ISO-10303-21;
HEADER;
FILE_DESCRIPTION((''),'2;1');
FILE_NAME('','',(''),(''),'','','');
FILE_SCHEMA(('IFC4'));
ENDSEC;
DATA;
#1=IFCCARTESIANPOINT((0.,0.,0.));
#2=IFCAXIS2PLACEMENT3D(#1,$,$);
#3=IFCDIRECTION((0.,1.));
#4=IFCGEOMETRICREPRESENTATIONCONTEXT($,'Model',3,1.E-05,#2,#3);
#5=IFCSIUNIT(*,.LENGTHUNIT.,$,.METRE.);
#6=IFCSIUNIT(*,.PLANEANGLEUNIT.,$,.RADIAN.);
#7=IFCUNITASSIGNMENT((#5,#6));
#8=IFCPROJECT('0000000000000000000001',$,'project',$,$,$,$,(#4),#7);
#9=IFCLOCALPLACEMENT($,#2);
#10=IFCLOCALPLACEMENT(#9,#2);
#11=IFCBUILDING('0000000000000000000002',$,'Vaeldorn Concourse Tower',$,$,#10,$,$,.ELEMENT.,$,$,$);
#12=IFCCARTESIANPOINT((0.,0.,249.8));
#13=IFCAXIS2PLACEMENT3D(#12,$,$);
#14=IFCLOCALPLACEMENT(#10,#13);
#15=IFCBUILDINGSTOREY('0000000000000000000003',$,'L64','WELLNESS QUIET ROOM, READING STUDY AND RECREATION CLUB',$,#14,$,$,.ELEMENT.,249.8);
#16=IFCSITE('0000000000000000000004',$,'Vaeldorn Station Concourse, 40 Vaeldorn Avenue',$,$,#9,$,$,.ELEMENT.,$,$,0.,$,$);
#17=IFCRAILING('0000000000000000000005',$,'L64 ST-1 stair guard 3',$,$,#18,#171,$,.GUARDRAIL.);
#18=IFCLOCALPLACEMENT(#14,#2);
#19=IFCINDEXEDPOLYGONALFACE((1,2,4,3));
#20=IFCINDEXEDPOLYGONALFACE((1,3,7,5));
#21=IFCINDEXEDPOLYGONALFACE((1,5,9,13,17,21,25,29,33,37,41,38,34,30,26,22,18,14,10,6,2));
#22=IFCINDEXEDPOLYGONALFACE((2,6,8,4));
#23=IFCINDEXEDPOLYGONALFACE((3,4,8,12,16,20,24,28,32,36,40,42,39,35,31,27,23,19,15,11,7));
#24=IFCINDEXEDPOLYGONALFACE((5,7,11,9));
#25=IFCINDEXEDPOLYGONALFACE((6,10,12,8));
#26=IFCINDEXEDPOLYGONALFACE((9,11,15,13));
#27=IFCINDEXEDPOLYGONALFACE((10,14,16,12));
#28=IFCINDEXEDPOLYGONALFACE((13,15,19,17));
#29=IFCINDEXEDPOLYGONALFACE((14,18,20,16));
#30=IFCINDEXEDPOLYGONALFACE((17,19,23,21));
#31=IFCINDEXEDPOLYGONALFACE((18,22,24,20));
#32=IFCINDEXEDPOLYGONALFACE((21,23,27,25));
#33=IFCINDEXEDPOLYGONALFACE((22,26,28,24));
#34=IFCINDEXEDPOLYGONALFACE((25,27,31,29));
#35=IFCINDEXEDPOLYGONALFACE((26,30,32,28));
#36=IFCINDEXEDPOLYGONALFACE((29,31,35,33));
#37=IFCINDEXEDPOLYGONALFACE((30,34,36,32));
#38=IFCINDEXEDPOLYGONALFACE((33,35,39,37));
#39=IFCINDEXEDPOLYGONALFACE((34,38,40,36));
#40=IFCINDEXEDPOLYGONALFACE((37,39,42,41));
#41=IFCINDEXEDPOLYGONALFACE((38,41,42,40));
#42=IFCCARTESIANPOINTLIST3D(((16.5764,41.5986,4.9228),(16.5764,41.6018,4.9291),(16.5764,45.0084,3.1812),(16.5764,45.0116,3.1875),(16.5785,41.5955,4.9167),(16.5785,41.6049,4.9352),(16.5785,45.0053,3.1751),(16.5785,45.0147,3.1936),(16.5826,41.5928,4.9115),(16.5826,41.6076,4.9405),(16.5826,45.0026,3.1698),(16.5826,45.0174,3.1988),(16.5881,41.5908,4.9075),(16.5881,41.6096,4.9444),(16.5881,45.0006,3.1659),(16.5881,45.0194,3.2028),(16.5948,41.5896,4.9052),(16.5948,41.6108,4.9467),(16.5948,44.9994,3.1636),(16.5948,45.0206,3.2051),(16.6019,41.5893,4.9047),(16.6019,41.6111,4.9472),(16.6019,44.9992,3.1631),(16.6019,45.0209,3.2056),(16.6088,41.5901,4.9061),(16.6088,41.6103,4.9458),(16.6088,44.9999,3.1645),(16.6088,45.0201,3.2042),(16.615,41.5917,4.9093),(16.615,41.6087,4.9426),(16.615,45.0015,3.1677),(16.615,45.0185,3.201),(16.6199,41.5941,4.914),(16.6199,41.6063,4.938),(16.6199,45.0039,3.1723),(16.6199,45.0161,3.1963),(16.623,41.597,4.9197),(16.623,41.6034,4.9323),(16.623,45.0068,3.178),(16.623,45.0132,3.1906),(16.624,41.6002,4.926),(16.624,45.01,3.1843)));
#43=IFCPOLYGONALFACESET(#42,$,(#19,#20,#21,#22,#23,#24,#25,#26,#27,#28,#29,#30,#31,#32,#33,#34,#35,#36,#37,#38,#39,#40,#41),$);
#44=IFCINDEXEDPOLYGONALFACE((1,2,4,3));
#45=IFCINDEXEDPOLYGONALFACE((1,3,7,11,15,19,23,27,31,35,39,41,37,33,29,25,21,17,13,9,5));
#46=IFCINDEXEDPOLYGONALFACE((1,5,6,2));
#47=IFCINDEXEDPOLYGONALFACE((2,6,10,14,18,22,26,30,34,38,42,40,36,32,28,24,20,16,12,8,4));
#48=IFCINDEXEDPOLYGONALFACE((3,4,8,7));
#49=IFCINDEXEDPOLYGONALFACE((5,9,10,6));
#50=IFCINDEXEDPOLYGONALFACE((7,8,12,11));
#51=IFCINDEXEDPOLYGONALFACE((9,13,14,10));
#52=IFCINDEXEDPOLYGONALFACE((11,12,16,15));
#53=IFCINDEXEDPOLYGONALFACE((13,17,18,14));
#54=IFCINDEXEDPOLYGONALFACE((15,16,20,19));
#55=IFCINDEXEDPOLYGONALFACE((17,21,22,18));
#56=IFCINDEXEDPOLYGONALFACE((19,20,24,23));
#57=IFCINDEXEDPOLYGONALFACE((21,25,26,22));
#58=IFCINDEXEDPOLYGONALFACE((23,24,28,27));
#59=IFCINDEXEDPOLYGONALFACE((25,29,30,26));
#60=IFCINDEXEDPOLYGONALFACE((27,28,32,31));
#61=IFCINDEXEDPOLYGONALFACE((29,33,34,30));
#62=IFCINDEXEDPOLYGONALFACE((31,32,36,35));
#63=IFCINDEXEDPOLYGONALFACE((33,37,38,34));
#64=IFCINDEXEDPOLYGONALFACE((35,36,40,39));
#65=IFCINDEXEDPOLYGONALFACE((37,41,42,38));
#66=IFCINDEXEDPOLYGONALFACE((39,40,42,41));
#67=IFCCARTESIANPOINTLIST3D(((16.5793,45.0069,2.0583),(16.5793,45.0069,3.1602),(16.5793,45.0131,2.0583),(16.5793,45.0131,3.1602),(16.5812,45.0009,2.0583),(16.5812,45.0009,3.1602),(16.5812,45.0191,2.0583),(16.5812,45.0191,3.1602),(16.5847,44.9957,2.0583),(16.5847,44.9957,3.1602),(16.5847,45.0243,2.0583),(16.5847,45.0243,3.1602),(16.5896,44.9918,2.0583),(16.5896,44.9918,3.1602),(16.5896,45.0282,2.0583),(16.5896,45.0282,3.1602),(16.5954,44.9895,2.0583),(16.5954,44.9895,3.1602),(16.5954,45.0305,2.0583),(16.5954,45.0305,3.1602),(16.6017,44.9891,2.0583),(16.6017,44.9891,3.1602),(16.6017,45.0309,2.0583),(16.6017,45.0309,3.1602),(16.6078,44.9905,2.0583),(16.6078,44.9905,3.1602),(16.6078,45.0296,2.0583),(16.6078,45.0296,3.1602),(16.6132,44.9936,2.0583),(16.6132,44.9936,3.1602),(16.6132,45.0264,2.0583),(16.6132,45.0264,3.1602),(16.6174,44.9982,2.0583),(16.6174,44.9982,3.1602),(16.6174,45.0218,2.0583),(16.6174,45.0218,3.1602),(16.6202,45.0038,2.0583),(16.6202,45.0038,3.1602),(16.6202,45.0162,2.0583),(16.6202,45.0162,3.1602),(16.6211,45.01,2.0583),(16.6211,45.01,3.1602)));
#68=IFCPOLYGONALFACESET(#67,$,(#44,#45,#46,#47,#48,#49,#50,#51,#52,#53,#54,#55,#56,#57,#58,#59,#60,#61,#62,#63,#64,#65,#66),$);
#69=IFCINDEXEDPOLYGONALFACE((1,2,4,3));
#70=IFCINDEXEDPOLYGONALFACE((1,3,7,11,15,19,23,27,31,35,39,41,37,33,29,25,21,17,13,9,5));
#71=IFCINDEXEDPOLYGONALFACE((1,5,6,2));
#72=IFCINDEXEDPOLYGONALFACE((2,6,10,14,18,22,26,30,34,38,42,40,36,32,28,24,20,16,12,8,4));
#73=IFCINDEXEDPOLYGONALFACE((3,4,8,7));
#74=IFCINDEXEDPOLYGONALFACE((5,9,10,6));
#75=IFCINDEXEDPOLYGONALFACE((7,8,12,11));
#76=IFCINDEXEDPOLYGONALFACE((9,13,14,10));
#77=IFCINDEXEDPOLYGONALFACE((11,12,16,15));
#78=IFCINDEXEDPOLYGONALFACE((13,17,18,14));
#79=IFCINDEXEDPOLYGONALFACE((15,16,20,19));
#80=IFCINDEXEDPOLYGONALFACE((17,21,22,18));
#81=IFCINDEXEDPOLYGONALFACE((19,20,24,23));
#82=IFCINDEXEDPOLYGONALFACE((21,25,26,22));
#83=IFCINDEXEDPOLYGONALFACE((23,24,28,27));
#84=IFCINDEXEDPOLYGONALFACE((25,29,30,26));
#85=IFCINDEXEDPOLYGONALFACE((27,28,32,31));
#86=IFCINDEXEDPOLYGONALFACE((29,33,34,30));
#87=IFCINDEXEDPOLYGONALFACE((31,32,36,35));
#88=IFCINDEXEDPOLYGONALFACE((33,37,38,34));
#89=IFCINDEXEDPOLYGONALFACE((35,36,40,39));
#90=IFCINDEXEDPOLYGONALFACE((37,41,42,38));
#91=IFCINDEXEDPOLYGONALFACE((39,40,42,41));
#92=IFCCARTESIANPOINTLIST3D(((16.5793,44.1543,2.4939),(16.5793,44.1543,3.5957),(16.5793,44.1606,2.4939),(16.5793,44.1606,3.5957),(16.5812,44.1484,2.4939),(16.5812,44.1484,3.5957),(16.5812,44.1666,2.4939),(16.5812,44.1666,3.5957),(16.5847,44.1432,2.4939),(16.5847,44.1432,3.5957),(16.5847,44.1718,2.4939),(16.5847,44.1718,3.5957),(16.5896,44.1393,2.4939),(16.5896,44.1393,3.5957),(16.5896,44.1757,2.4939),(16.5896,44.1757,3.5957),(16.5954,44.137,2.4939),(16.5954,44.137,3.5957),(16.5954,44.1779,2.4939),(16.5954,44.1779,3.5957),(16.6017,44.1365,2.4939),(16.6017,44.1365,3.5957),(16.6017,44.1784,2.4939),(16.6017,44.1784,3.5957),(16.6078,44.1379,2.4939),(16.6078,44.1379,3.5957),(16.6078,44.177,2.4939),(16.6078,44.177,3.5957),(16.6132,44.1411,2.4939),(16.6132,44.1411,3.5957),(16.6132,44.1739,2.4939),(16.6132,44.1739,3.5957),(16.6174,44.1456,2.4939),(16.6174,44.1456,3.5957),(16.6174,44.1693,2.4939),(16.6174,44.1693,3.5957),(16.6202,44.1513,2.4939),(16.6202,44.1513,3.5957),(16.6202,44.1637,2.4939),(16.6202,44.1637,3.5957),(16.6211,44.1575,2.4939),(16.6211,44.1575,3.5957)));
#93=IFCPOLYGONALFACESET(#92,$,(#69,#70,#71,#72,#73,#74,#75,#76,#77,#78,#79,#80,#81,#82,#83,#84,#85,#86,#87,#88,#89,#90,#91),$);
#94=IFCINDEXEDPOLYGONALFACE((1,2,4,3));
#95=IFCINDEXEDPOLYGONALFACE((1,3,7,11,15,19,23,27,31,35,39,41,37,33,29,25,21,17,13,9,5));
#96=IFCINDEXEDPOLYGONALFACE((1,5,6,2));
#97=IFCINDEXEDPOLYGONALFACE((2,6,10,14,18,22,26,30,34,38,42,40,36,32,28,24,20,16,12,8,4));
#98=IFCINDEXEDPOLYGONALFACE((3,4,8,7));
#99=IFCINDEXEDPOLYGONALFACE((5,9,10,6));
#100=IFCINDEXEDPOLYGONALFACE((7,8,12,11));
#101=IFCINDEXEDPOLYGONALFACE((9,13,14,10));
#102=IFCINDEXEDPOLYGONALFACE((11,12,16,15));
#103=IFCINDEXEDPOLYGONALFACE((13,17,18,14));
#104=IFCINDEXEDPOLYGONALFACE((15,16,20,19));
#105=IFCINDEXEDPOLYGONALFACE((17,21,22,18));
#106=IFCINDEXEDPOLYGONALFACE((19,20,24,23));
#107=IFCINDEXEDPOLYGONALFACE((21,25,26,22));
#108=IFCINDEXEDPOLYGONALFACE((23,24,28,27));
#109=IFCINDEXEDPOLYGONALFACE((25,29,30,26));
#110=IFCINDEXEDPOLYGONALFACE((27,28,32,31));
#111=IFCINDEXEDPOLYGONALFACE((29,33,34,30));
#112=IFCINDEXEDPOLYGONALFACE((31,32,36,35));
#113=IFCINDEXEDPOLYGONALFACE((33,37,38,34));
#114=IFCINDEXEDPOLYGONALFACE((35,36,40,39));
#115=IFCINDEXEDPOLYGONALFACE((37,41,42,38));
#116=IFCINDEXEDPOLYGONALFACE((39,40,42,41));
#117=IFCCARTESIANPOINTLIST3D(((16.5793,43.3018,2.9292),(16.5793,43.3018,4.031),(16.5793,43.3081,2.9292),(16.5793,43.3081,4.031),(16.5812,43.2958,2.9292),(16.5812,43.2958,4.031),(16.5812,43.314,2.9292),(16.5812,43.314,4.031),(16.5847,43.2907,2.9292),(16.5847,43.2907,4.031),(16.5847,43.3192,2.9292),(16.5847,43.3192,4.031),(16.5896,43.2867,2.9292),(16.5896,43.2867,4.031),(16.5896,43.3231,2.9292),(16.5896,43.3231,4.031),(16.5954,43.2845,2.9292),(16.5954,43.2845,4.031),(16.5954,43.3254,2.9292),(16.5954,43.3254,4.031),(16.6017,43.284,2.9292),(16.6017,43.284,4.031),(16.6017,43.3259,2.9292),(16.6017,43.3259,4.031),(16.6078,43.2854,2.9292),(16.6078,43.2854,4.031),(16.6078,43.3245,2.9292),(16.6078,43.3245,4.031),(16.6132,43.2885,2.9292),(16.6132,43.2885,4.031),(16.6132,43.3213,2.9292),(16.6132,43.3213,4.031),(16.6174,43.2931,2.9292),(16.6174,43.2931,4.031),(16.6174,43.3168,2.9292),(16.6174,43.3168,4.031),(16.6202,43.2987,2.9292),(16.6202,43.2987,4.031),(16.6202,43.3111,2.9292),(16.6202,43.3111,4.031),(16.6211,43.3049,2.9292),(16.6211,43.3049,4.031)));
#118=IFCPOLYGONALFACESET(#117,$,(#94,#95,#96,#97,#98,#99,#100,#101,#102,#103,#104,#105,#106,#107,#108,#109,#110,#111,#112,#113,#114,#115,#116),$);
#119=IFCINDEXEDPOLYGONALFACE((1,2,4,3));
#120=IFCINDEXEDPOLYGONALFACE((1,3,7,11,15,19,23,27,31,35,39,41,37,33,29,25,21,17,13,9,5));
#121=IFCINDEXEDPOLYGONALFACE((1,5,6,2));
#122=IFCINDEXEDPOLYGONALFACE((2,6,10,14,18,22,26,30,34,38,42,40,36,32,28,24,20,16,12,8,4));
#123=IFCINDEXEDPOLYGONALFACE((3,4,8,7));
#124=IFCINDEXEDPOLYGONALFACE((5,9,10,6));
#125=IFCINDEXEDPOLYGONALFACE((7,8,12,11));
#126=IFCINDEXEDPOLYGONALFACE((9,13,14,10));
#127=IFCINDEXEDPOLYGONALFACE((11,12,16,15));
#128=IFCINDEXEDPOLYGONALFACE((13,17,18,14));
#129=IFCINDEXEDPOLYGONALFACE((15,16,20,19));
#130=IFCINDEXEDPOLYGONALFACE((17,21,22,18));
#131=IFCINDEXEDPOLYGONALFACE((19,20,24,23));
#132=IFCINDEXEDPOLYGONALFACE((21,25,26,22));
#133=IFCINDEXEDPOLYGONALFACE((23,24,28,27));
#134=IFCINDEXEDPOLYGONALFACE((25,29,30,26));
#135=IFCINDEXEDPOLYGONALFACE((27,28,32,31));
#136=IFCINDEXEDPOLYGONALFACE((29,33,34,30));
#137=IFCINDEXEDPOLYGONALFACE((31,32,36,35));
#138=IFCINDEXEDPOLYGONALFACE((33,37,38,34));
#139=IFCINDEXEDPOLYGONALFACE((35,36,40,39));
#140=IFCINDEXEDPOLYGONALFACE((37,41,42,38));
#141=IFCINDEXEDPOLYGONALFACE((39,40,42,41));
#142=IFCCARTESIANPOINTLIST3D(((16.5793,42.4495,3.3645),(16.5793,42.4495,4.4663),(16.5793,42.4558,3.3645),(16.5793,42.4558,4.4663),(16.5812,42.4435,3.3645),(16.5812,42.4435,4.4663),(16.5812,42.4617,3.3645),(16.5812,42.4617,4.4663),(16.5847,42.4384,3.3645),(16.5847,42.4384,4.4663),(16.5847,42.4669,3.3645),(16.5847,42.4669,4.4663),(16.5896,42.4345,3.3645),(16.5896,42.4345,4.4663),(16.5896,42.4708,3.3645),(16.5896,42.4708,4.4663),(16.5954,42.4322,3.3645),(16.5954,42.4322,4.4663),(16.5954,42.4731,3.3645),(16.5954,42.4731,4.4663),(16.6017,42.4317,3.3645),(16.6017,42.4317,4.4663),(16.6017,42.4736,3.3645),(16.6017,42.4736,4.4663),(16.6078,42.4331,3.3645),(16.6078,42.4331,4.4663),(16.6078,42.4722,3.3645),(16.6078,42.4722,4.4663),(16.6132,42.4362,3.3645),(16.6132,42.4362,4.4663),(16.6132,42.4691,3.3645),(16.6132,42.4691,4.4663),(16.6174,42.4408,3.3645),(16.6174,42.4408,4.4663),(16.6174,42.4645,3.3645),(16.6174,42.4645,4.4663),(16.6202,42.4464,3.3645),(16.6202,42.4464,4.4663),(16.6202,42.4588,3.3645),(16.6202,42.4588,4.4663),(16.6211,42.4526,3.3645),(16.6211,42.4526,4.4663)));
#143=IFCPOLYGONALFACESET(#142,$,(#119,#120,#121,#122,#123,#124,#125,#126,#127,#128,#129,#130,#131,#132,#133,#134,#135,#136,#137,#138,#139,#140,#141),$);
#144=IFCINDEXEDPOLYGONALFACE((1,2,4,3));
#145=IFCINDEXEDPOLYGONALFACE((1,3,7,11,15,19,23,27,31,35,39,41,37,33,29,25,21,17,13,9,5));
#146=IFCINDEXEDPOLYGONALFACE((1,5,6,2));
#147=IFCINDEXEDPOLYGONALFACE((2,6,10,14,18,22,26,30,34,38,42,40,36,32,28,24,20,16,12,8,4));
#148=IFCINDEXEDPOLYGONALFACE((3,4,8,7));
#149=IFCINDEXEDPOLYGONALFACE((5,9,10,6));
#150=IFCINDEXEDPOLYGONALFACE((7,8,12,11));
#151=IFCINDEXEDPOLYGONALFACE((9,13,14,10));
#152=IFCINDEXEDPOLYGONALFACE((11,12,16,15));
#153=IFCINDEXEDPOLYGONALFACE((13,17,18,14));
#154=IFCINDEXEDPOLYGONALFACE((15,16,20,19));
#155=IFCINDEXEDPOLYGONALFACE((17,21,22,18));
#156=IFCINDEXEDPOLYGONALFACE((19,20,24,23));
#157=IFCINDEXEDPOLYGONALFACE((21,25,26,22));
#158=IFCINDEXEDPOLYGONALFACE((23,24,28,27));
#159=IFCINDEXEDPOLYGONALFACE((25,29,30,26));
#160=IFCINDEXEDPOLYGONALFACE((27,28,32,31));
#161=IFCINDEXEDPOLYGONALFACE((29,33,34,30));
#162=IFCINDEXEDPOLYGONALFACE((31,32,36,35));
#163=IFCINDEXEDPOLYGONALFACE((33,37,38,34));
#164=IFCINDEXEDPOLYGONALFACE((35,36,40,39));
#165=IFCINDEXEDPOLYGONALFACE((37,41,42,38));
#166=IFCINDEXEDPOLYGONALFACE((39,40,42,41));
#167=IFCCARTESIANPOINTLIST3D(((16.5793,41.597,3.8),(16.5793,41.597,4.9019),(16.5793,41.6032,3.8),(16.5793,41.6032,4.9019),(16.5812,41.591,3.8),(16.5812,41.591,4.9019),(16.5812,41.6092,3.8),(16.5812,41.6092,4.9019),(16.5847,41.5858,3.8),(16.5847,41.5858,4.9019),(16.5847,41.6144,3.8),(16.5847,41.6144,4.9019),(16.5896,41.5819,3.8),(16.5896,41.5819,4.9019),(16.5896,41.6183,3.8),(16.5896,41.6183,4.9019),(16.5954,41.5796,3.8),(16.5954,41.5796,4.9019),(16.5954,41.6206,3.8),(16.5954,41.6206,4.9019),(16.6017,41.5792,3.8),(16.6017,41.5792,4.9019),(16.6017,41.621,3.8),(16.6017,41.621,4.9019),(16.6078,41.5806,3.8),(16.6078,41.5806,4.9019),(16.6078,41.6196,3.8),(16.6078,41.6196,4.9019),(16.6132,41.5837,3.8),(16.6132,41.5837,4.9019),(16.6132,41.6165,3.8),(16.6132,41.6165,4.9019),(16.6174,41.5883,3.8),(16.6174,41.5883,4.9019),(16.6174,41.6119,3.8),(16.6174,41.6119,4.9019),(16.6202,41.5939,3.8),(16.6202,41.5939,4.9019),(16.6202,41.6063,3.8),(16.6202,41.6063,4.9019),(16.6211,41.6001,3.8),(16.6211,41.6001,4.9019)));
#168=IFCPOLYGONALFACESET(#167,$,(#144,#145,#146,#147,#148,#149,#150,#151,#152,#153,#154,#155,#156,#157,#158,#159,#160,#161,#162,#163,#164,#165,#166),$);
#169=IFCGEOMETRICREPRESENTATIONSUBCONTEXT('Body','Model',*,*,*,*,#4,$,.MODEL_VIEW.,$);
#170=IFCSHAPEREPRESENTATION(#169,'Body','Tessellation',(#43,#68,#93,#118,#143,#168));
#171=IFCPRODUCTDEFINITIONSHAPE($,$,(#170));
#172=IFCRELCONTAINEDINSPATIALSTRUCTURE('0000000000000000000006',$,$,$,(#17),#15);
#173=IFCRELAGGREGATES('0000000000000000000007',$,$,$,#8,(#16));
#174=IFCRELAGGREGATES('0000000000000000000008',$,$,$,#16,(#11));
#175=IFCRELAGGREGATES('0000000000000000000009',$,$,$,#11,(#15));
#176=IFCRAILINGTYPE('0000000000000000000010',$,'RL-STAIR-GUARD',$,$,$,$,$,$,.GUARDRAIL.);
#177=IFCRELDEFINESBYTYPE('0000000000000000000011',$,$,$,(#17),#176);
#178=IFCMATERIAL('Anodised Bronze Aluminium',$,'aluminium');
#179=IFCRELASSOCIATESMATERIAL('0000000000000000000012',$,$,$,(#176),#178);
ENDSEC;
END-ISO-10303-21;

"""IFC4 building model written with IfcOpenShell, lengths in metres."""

from ifc_helpers import new_model, si_unit, direction, frame, origin, origin_2d, place, context, subcontext, project, spatial, circle, extrude, material, type_object, element, save


model = new_model("IFC4")

# Units and contexts
model_context = context("Model", 3, precision=1e-05, world=origin(), true_north=direction((0.0, 1.0)))
body_context = subcontext(model_context, "Body", "Model", "MODEL_VIEW")
ifc_project = project(units=[si_unit("LENGTHUNIT", "METRE"), si_unit("PLANEANGLEUNIT", "RADIAN")], contexts=[model_context])

# Site, building, storey
site_placement = place(None, origin())
site = spatial("IfcSite", under=ifc_project, at=site_placement, Name="Vaeldorn Station Concourse, 40 Vaeldorn Avenue", CompositionType="ELEMENT", RefElevation=0.0)
building_placement = place(site_placement, origin())
building = spatial("IfcBuilding", under=site, at=building_placement, Name="Vaeldorn Concourse Tower", CompositionType="ELEMENT")
storey_placement = place(building_placement, frame((0.0, 0.0, 249.8)))
storey = spatial("IfcBuildingStorey", under=building, at=storey_placement, Name="L64", Description="WELLNESS QUIET ROOM, READING STUDY AND RECREATION CLUB", CompositionType="ELEMENT", Elevation=249.8)

# Shared definitions
ifc_material_1 = material(Name="Anodised Bronze Aluminium", Category="aluminium")

# Railing
railing_type_1 = type_object("IfcRailingType", Name="RL-STAIR-GUARD", PredefinedType="GUARDRAIL", material=ifc_material_1)
railing_1_placement = place(storey_placement, frame((16.6001, 45.01, 2.0583)))
element("IfcRailing", 1, at=railing_1_placement, inside=storey, type_object=railing_type_1, Name="L64 ST-1 stair guard 3", PredefinedType="GUARDRAIL", context=body_context, shape_type="SweptSolid", body=[
    extrude(circle(Radius=0.0239, at=origin_2d()), frame((0.0, 0.0, 1.126), z_axis=(0.0, -0.890556, 0.454874), x_axis=(1.0, 0.0, 0.0)), (0.0, 0.0, 1.0), 3.8289),
    extrude(circle(Radius=0.021, at=origin_2d()), origin(), (0.0, 0.0, 1.0), 1.1018),
    extrude(circle(Radius=0.021, at=origin_2d()), frame((0.0, -0.8525, 0.4355)), (0.0, 0.0, 1.0), 1.1018),
    extrude(circle(Radius=0.021, at=origin_2d()), frame((0.0, -1.7051, 0.8708)), (0.0, 0.0, 1.0), 1.1018),
    extrude(circle(Radius=0.021, at=origin_2d()), frame((0.0, -2.5574, 1.3062)), (0.0, 0.0, 1.0), 1.1018),
    extrude(circle(Radius=0.021, at=origin_2d()), frame((0.0, -3.4099, 1.7417)), (0.0, 0.0, 1.0), 1.1018),
])

save(model, "model.ifc")
